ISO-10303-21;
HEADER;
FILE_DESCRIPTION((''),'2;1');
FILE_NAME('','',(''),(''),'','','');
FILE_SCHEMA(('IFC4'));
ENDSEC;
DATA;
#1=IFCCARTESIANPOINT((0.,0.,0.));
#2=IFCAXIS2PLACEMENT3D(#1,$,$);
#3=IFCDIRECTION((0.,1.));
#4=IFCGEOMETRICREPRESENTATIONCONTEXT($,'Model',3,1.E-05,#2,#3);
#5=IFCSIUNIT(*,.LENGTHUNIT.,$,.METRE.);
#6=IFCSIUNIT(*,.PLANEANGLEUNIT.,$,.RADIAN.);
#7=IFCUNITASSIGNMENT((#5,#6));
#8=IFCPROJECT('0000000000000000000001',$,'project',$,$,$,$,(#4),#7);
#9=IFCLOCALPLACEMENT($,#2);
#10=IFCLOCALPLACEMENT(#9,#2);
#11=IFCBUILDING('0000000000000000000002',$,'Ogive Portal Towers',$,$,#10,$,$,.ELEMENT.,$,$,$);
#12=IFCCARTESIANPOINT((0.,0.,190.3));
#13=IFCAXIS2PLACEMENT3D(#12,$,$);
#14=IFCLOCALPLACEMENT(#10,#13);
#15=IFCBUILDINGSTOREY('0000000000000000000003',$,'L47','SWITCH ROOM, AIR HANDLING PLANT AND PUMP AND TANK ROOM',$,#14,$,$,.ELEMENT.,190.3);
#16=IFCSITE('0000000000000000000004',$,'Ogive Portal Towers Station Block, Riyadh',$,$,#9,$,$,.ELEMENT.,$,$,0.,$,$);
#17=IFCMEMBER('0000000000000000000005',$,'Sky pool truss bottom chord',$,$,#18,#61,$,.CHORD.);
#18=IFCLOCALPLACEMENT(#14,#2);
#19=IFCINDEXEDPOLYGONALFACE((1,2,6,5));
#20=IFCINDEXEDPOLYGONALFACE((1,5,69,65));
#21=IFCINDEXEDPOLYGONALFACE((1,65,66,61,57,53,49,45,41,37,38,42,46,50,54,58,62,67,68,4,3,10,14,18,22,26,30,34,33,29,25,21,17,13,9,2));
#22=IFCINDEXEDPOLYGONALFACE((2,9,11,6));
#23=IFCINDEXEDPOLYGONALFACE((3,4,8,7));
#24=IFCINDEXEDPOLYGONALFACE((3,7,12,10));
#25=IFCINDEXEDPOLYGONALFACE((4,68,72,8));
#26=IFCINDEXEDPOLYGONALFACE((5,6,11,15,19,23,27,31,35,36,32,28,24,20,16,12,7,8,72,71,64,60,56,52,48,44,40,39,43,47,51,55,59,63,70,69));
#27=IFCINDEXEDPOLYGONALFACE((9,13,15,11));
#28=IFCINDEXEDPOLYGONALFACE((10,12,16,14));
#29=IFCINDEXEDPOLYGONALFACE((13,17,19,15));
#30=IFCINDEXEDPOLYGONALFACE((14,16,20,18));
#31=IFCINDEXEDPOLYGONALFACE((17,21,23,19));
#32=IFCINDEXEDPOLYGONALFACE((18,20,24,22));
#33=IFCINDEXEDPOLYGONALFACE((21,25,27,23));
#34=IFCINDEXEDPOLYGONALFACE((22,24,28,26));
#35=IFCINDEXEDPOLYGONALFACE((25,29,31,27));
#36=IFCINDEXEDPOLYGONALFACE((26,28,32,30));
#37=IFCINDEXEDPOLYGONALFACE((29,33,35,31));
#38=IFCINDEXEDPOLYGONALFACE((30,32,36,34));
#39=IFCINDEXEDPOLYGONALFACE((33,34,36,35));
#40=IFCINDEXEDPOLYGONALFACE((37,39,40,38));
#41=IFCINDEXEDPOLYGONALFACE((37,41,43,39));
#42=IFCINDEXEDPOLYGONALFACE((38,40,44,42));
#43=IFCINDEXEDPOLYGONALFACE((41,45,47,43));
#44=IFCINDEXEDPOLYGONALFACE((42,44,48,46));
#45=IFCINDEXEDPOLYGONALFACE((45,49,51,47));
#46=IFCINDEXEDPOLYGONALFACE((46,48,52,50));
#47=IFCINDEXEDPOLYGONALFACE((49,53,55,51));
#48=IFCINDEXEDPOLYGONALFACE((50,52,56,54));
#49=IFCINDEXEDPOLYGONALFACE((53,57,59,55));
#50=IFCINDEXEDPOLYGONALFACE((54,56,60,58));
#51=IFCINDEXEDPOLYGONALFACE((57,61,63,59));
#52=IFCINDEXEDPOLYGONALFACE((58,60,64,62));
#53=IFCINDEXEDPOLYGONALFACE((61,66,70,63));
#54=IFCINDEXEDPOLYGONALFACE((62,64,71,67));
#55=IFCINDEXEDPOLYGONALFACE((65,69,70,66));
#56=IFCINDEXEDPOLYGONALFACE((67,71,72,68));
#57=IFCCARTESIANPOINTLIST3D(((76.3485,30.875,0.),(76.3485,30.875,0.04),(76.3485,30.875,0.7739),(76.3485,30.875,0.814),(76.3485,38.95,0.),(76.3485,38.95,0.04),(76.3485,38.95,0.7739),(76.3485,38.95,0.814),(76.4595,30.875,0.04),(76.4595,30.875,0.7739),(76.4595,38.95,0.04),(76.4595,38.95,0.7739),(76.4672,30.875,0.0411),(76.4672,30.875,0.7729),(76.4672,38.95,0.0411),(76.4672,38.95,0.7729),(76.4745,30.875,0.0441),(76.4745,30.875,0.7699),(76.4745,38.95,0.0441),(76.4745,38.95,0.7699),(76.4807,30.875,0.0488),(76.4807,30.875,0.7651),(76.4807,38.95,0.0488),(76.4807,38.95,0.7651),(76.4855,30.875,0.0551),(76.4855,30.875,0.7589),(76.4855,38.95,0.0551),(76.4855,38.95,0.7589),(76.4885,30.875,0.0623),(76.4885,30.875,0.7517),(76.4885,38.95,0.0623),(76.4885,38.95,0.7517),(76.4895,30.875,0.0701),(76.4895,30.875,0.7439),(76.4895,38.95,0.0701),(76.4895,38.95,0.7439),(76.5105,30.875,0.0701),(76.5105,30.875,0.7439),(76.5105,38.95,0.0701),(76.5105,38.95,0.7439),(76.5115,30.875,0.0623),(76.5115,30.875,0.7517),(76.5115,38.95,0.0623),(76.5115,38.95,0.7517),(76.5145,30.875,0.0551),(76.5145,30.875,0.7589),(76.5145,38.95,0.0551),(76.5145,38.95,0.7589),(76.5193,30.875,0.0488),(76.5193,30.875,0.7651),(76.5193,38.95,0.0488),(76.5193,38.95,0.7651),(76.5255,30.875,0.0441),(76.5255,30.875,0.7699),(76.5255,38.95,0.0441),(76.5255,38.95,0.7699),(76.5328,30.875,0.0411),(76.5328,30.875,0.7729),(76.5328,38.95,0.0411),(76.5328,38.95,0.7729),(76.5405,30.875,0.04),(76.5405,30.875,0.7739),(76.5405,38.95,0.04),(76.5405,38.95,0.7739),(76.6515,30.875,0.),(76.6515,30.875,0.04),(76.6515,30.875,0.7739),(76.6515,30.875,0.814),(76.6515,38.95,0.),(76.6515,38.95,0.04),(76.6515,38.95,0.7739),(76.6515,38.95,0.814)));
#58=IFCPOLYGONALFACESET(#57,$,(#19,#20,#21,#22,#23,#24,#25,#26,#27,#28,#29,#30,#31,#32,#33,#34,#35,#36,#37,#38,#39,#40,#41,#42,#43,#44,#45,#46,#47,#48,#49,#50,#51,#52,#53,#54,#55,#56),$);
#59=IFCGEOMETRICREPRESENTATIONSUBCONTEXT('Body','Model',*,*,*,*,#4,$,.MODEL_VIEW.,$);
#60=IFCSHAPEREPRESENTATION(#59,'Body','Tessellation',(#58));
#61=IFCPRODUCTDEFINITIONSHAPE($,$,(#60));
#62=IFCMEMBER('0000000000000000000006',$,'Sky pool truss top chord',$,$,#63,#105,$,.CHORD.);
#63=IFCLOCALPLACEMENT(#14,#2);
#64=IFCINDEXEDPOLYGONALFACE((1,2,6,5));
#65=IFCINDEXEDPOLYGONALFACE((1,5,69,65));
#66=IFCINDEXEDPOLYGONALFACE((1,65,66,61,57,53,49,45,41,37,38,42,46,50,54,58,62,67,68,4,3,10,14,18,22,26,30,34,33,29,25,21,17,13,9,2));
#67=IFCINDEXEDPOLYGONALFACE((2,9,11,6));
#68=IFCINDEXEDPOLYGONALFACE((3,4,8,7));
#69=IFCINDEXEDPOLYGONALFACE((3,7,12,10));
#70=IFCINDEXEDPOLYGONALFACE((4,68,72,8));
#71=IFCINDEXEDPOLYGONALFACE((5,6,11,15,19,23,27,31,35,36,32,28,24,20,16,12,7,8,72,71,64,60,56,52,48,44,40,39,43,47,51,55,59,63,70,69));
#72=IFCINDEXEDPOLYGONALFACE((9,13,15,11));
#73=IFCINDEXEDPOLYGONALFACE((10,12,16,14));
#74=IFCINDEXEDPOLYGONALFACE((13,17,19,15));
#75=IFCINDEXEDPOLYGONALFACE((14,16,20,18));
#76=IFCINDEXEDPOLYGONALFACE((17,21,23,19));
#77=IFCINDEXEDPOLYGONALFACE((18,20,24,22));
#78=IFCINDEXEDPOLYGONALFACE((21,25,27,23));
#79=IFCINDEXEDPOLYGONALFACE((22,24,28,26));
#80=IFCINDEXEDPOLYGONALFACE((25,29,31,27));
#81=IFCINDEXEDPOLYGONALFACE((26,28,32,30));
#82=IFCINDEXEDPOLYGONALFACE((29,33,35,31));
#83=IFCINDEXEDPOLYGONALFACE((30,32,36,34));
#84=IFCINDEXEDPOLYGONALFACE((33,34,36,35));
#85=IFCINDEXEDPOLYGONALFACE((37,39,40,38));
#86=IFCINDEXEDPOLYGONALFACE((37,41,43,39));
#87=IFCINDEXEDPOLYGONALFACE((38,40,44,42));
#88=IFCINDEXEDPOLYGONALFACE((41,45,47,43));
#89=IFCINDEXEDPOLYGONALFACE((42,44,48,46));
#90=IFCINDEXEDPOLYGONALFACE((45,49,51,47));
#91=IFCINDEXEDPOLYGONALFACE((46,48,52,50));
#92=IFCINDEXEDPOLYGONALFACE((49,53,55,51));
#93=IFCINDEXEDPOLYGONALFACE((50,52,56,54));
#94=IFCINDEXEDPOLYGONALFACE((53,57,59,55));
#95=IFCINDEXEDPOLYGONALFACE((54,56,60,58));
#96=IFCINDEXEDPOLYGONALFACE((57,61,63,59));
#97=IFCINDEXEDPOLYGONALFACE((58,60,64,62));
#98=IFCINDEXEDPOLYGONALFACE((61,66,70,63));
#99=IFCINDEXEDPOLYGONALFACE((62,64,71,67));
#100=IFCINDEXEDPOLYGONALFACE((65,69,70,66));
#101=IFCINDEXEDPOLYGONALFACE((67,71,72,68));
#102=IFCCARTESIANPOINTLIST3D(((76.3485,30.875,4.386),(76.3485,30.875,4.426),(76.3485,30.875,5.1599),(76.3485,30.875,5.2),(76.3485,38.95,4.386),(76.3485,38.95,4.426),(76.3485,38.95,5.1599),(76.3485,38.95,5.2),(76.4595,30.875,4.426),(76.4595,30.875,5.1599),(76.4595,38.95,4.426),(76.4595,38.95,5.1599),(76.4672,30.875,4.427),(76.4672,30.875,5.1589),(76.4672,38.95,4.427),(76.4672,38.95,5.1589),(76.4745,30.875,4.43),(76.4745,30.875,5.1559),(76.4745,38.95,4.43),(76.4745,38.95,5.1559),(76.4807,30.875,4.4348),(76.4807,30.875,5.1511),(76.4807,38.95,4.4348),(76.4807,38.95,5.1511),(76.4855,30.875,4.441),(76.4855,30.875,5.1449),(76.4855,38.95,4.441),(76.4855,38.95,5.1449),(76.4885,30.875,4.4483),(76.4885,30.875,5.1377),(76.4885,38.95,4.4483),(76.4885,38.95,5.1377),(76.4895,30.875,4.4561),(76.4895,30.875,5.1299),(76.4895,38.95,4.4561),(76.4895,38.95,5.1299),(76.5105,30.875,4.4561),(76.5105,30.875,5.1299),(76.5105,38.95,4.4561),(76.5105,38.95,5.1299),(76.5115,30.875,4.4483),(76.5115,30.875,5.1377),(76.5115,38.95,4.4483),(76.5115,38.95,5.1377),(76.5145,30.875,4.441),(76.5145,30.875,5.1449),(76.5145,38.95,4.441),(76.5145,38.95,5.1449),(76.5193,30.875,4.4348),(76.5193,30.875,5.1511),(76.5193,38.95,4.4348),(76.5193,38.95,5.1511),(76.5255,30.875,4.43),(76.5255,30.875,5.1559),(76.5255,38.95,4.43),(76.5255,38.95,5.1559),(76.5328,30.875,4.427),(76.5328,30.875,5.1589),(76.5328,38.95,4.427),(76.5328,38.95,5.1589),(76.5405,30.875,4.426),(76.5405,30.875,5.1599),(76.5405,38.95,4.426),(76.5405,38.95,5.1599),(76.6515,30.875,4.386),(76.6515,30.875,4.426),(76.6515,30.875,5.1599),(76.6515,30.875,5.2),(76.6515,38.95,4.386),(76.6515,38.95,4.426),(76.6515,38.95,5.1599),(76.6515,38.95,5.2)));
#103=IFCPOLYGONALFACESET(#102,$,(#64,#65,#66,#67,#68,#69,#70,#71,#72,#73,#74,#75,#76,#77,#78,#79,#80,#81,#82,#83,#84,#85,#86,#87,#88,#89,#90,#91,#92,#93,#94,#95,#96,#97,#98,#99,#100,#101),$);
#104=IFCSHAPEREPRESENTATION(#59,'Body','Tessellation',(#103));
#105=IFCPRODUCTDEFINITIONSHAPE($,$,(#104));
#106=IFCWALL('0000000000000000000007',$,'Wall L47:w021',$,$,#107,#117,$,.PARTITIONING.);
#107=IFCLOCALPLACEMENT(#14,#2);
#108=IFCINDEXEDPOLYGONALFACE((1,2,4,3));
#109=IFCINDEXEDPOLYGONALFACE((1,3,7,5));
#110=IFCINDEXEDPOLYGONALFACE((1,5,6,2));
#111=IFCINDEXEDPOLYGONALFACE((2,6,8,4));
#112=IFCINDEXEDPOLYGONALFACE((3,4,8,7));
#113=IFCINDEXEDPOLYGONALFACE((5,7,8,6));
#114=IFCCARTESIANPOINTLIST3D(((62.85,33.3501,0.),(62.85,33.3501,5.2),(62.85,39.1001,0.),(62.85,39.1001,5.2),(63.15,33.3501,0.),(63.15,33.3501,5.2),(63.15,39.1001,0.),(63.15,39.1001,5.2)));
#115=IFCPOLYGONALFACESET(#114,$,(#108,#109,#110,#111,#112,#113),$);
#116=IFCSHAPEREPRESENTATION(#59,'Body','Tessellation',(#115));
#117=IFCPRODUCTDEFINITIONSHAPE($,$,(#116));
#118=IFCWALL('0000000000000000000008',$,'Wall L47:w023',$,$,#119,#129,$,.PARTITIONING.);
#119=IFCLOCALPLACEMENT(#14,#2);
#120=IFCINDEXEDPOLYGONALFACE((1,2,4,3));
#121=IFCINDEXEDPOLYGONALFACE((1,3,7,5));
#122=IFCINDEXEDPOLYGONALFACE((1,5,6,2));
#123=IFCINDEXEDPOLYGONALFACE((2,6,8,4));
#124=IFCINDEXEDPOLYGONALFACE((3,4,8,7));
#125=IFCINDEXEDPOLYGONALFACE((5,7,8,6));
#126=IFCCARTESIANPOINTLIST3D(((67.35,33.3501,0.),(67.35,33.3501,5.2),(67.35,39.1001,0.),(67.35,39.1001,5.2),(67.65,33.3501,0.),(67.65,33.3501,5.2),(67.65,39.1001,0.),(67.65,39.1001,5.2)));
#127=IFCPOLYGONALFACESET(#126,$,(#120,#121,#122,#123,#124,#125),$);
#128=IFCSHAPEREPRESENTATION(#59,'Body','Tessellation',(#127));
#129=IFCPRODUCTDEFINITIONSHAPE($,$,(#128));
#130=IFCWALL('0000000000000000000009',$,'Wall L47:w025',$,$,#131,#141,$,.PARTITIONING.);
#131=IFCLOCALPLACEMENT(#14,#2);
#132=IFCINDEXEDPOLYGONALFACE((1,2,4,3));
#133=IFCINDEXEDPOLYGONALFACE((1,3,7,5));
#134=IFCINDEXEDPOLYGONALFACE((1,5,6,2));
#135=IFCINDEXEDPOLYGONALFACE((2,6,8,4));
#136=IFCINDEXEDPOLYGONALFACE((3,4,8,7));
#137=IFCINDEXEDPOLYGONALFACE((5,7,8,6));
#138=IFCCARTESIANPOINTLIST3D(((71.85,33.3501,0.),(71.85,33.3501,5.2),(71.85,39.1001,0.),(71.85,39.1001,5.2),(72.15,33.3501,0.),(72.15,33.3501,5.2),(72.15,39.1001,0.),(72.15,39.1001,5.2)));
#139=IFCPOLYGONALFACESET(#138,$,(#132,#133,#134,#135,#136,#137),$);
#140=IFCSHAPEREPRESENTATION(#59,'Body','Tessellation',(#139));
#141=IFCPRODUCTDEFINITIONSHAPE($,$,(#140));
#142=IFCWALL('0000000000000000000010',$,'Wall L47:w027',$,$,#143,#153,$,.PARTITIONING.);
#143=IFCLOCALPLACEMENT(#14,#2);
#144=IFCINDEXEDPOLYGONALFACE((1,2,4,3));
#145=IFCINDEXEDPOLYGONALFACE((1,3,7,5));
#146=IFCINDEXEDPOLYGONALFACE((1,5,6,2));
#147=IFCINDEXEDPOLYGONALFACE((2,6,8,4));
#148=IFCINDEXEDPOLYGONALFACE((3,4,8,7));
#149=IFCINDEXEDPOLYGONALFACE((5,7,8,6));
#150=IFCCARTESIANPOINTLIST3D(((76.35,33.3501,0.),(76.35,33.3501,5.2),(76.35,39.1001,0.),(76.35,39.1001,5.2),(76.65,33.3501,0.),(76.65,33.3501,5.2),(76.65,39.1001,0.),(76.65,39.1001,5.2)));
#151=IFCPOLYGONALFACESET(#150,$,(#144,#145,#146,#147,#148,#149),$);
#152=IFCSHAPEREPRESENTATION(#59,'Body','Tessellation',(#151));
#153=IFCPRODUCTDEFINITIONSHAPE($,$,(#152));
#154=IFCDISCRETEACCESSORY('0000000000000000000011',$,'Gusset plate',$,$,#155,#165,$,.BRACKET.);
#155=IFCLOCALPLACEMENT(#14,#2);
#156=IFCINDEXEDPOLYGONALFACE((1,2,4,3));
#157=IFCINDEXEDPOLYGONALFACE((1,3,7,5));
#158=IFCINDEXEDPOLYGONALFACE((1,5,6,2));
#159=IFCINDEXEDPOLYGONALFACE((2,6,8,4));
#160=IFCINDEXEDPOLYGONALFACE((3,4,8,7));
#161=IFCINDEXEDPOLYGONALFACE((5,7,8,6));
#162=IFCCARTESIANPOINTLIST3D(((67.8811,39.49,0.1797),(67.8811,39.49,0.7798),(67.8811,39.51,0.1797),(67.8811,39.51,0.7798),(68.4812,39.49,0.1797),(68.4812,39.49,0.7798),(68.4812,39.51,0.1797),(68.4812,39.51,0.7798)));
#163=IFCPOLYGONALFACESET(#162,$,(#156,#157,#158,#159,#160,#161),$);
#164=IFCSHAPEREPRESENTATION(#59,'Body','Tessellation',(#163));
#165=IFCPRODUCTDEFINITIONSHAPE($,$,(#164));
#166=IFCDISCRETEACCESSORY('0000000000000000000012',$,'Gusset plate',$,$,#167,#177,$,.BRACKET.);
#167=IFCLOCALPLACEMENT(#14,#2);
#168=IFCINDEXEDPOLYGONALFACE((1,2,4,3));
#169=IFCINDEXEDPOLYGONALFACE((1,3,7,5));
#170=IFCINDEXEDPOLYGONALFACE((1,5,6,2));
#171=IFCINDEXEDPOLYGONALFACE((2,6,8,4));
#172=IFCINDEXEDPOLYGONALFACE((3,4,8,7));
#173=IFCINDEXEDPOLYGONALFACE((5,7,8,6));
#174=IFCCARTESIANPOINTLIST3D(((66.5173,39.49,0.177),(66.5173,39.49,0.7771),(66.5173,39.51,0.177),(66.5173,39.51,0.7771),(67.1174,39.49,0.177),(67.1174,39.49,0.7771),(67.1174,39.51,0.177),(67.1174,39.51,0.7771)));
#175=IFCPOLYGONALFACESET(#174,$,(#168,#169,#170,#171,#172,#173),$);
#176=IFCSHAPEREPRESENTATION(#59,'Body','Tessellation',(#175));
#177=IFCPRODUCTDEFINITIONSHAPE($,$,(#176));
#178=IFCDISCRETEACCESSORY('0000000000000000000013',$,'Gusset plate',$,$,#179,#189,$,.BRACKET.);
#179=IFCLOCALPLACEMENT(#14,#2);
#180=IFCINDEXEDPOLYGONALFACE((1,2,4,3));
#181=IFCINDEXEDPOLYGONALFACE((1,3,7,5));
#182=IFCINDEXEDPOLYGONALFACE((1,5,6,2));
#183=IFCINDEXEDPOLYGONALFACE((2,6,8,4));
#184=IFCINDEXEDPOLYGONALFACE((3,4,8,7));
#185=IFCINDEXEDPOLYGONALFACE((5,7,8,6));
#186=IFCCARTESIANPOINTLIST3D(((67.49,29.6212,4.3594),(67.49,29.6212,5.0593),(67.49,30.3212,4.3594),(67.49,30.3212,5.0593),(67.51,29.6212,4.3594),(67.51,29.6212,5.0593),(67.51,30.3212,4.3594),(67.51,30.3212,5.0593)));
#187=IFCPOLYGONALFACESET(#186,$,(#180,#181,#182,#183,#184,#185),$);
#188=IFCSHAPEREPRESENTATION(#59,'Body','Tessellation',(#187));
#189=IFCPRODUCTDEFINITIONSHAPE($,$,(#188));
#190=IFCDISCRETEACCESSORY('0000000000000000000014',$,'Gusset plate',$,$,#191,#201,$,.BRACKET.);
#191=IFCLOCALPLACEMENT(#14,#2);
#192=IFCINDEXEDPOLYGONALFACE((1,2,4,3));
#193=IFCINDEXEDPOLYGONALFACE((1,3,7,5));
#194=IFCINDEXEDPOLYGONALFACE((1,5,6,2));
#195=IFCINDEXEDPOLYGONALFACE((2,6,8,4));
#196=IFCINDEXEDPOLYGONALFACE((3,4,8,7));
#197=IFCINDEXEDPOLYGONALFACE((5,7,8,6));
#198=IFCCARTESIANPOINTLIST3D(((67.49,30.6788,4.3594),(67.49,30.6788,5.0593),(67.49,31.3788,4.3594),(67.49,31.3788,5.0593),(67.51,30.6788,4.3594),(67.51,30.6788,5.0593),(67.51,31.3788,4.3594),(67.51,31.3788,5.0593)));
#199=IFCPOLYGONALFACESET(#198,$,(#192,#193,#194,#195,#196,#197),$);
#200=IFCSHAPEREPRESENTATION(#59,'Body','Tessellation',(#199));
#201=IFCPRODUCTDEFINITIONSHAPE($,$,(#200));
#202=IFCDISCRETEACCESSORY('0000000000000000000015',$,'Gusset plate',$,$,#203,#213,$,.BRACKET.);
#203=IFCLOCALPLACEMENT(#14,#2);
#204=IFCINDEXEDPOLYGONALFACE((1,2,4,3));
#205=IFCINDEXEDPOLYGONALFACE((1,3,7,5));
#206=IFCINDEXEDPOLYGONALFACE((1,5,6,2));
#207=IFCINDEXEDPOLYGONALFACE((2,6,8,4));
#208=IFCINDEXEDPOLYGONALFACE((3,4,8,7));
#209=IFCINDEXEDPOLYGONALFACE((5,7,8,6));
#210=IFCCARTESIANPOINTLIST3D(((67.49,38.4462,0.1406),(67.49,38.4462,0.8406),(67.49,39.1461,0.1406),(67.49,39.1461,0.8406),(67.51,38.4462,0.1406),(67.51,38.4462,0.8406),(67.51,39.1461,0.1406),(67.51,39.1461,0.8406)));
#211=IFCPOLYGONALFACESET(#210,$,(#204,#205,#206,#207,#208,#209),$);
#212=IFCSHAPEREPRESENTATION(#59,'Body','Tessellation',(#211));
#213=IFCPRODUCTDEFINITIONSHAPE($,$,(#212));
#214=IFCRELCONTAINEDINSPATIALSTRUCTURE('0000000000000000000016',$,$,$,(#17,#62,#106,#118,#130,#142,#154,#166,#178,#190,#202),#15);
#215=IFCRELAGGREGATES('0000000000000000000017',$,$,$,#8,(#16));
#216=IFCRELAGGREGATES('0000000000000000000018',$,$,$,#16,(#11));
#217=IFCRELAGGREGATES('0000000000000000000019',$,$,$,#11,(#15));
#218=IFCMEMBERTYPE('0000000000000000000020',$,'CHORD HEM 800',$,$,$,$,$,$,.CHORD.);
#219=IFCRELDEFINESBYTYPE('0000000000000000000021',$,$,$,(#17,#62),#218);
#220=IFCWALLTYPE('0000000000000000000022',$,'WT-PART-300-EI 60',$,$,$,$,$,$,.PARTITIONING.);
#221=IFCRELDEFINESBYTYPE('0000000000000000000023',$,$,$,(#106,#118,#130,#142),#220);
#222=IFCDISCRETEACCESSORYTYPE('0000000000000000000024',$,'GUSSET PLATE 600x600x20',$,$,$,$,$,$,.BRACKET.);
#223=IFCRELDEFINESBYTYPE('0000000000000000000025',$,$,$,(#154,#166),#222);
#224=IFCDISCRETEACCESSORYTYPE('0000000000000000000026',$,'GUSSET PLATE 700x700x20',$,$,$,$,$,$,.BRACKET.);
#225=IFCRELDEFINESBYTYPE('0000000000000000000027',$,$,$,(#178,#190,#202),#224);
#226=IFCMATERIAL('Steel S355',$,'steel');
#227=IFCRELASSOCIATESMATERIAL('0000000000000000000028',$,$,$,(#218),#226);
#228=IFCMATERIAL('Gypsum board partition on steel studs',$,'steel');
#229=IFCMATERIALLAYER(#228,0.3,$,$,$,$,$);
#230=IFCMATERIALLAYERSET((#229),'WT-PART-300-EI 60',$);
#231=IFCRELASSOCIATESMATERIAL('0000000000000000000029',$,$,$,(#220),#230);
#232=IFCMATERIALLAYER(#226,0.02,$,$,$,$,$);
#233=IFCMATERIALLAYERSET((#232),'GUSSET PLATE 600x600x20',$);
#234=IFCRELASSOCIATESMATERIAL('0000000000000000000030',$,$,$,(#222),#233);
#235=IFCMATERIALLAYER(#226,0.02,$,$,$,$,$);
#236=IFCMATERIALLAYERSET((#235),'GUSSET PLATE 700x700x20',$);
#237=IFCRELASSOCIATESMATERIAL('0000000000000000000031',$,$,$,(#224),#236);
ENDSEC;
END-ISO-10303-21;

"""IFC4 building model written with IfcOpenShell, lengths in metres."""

from ifc_helpers import new_model, si_unit, direction, frame, frame_2d, origin, origin_2d, place, context, subcontext, project, spatial, rectangle, i_section, extrude, material, layer, layer_set, material_profile, profile_set, type_object, element, save


model = new_model("IFC4")

# Units and contexts
model_context = context("Model", 3, precision=1e-05, world=origin(), true_north=direction((0.0, 1.0)))
body_context = subcontext(model_context, "Body", "Model", "MODEL_VIEW")
ifc_project = project(units=[si_unit("LENGTHUNIT", "METRE"), si_unit("PLANEANGLEUNIT", "RADIAN")], contexts=[model_context])

# Site, building, storey
site_placement = place(None, origin())
site = spatial("IfcSite", under=ifc_project, at=site_placement, Name="Ogive Portal Towers Station Block, Riyadh", CompositionType="ELEMENT", RefElevation=0.0)
building_placement = place(site_placement, origin())
building = spatial("IfcBuilding", under=site, at=building_placement, Name="Ogive Portal Towers", CompositionType="ELEMENT")
storey_placement = place(building_placement, frame((0.0, 0.0, 190.3)))
storey = spatial("IfcBuildingStorey", under=building, at=storey_placement, Name="L47", Description="SWITCH ROOM, AIR HANDLING PLANT AND PUMP AND TANK ROOM", CompositionType="ELEMENT", Elevation=190.3)

# Members
ifc_material_1 = material(Name="Steel S355", Category="steel")
ifc_material_profile_1 = material_profile(ifc_material_1, i_section(OverallWidth=0.303, OverallDepth=0.814, WebThickness=0.021, FlangeThickness=0.04, FilletRadius=0.03, at=origin_2d()), Name="HEM 800")
ifc_profile_set_1 = profile_set([ifc_material_profile_1], Name="Steel S355")
member_type_1 = type_object("IfcMemberType", Name="CHORD HEM 800", PredefinedType="CHORD", material=ifc_profile_set_1)
for number, where, z_axis, x_axis, name in (
    (1, (76.5, 30.875, 0.407), (0.0, 1.0, 0.0), (-1.0, 0.0, 0.0), "Sky pool truss bottom chord"),
    (2, (76.5, 30.875, 4.793), (0.0, 1.0, 0.0), (-1.0, 0.0, 0.0), "Sky pool truss top chord"),
):
    element("IfcMember", number, at=place(storey_placement, frame(where, z_axis=z_axis, x_axis=x_axis)), inside=storey, type_object=member_type_1, Name=name, PredefinedType="CHORD", context=body_context, shape_type="SweptSolid", body=[
        extrude(i_section(OverallWidth=0.303, OverallDepth=0.814, WebThickness=0.021, FlangeThickness=0.04, FilletRadius=0.03, at=origin_2d()), origin(), (0.0, 0.0, 1.0), 8.075),
    ])

# Walls
ifc_material_2 = material(Name="Gypsum board partition on steel studs", Category="steel")
ifc_layer_1 = layer(ifc_material_2, 0.3)
ifc_layer_set_1 = layer_set([ifc_layer_1], Name="WT-PART-300-EI 60")
wall_type = type_object("IfcWallType", Name="WT-PART-300-EI 60", PredefinedType="PARTITIONING", material=ifc_layer_set_1)
for number, where, z_axis, x_axis, name in (
    (3, (63.0, 33.3501, 0.0), (0.0, 0.0, 1.0), (0.0, 1.0, 0.0), "Wall L47:w021"),
    (4, (67.5, 33.3501, 0.0), (0.0, 0.0, 1.0), (0.0, 1.0, 0.0), "Wall L47:w023"),
    (5, (72.0, 33.3501, 0.0), (0.0, 0.0, 1.0), (0.0, 1.0, 0.0), "Wall L47:w025"),
    (6, (76.5, 33.3501, 0.0), (0.0, 0.0, 1.0), (0.0, 1.0, 0.0), "Wall L47:w027"),
):
    element("IfcWall", number, at=place(storey_placement, frame(where, z_axis=z_axis, x_axis=x_axis)), inside=storey, type_object=wall_type, Name=name, PredefinedType="PARTITIONING", context=body_context, shape_type="SweptSolid", body=[
        extrude(rectangle(XDim=5.75, YDim=0.3, at=frame_2d((2.875, 0.0))), origin(), (0.0, 0.0, 1.0), 5.2),
    ])

# Discrete accessories
ifc_layer_2 = layer(ifc_material_1, 0.02)
ifc_layer_set_2 = layer_set([ifc_layer_2], Name="GUSSET PLATE 600x600x20")
discrete_accessory_type_1 = type_object("IfcDiscreteAccessoryType", Name="GUSSET PLATE 600x600x20", PredefinedType="BRACKET", material=ifc_layer_set_2)
for number, where, z_axis, x_axis, name in (
    (7, (68.1812, 39.5, 0.1797), (0.0, 0.0, 1.0), (-1.0, 0.0, 0.0), "Gusset plate"),
    (8, (66.8174, 39.5, 0.177), (0.0, 0.0, 1.0), (-1.0, 0.0, 0.0), "Gusset plate"),
):
    element("IfcDiscreteAccessory", number, at=place(storey_placement, frame(where, z_axis=z_axis, x_axis=x_axis)), inside=storey, type_object=discrete_accessory_type_1, Name=name, PredefinedType="BRACKET", context=body_context, shape_type="SweptSolid", body=[
        extrude(rectangle(XDim=0.6001, YDim=0.02, at=origin_2d()), origin(), (0.0, 0.0, 1.0), 0.6001),
    ])
ifc_layer_3 = layer(ifc_material_1, 0.02)
ifc_layer_set_3 = layer_set([ifc_layer_3], Name="GUSSET PLATE 700x700x20")
discrete_accessory_type_2 = type_object("IfcDiscreteAccessoryType", Name="GUSSET PLATE 700x700x20", PredefinedType="BRACKET", material=ifc_layer_set_3)
for number, where, z_axis, x_axis, name in (
    (9, (67.5, 29.9712, 4.3594), (0.0, 0.0, 1.0), (0.0, 1.0, 0.0), "Gusset plate"),
    (10, (67.5, 31.0288, 4.3594), (0.0, 0.0, 1.0), (0.0, 1.0, 0.0), "Gusset plate"),
    (11, (67.5, 38.7961, 0.1406), (0.0, 0.0, 1.0), (0.0, 1.0, 0.0), "Gusset plate"),
):
    element("IfcDiscreteAccessory", number, at=place(storey_placement, frame(where, z_axis=z_axis, x_axis=x_axis)), inside=storey, type_object=discrete_accessory_type_2, Name=name, PredefinedType="BRACKET", context=body_context, shape_type="SweptSolid", body=[
        extrude(rectangle(XDim=0.7, YDim=0.02, at=origin_2d()), origin(), (0.0, 0.0, 1.0), 0.7),
    ])

save(model, "model.ifc")
